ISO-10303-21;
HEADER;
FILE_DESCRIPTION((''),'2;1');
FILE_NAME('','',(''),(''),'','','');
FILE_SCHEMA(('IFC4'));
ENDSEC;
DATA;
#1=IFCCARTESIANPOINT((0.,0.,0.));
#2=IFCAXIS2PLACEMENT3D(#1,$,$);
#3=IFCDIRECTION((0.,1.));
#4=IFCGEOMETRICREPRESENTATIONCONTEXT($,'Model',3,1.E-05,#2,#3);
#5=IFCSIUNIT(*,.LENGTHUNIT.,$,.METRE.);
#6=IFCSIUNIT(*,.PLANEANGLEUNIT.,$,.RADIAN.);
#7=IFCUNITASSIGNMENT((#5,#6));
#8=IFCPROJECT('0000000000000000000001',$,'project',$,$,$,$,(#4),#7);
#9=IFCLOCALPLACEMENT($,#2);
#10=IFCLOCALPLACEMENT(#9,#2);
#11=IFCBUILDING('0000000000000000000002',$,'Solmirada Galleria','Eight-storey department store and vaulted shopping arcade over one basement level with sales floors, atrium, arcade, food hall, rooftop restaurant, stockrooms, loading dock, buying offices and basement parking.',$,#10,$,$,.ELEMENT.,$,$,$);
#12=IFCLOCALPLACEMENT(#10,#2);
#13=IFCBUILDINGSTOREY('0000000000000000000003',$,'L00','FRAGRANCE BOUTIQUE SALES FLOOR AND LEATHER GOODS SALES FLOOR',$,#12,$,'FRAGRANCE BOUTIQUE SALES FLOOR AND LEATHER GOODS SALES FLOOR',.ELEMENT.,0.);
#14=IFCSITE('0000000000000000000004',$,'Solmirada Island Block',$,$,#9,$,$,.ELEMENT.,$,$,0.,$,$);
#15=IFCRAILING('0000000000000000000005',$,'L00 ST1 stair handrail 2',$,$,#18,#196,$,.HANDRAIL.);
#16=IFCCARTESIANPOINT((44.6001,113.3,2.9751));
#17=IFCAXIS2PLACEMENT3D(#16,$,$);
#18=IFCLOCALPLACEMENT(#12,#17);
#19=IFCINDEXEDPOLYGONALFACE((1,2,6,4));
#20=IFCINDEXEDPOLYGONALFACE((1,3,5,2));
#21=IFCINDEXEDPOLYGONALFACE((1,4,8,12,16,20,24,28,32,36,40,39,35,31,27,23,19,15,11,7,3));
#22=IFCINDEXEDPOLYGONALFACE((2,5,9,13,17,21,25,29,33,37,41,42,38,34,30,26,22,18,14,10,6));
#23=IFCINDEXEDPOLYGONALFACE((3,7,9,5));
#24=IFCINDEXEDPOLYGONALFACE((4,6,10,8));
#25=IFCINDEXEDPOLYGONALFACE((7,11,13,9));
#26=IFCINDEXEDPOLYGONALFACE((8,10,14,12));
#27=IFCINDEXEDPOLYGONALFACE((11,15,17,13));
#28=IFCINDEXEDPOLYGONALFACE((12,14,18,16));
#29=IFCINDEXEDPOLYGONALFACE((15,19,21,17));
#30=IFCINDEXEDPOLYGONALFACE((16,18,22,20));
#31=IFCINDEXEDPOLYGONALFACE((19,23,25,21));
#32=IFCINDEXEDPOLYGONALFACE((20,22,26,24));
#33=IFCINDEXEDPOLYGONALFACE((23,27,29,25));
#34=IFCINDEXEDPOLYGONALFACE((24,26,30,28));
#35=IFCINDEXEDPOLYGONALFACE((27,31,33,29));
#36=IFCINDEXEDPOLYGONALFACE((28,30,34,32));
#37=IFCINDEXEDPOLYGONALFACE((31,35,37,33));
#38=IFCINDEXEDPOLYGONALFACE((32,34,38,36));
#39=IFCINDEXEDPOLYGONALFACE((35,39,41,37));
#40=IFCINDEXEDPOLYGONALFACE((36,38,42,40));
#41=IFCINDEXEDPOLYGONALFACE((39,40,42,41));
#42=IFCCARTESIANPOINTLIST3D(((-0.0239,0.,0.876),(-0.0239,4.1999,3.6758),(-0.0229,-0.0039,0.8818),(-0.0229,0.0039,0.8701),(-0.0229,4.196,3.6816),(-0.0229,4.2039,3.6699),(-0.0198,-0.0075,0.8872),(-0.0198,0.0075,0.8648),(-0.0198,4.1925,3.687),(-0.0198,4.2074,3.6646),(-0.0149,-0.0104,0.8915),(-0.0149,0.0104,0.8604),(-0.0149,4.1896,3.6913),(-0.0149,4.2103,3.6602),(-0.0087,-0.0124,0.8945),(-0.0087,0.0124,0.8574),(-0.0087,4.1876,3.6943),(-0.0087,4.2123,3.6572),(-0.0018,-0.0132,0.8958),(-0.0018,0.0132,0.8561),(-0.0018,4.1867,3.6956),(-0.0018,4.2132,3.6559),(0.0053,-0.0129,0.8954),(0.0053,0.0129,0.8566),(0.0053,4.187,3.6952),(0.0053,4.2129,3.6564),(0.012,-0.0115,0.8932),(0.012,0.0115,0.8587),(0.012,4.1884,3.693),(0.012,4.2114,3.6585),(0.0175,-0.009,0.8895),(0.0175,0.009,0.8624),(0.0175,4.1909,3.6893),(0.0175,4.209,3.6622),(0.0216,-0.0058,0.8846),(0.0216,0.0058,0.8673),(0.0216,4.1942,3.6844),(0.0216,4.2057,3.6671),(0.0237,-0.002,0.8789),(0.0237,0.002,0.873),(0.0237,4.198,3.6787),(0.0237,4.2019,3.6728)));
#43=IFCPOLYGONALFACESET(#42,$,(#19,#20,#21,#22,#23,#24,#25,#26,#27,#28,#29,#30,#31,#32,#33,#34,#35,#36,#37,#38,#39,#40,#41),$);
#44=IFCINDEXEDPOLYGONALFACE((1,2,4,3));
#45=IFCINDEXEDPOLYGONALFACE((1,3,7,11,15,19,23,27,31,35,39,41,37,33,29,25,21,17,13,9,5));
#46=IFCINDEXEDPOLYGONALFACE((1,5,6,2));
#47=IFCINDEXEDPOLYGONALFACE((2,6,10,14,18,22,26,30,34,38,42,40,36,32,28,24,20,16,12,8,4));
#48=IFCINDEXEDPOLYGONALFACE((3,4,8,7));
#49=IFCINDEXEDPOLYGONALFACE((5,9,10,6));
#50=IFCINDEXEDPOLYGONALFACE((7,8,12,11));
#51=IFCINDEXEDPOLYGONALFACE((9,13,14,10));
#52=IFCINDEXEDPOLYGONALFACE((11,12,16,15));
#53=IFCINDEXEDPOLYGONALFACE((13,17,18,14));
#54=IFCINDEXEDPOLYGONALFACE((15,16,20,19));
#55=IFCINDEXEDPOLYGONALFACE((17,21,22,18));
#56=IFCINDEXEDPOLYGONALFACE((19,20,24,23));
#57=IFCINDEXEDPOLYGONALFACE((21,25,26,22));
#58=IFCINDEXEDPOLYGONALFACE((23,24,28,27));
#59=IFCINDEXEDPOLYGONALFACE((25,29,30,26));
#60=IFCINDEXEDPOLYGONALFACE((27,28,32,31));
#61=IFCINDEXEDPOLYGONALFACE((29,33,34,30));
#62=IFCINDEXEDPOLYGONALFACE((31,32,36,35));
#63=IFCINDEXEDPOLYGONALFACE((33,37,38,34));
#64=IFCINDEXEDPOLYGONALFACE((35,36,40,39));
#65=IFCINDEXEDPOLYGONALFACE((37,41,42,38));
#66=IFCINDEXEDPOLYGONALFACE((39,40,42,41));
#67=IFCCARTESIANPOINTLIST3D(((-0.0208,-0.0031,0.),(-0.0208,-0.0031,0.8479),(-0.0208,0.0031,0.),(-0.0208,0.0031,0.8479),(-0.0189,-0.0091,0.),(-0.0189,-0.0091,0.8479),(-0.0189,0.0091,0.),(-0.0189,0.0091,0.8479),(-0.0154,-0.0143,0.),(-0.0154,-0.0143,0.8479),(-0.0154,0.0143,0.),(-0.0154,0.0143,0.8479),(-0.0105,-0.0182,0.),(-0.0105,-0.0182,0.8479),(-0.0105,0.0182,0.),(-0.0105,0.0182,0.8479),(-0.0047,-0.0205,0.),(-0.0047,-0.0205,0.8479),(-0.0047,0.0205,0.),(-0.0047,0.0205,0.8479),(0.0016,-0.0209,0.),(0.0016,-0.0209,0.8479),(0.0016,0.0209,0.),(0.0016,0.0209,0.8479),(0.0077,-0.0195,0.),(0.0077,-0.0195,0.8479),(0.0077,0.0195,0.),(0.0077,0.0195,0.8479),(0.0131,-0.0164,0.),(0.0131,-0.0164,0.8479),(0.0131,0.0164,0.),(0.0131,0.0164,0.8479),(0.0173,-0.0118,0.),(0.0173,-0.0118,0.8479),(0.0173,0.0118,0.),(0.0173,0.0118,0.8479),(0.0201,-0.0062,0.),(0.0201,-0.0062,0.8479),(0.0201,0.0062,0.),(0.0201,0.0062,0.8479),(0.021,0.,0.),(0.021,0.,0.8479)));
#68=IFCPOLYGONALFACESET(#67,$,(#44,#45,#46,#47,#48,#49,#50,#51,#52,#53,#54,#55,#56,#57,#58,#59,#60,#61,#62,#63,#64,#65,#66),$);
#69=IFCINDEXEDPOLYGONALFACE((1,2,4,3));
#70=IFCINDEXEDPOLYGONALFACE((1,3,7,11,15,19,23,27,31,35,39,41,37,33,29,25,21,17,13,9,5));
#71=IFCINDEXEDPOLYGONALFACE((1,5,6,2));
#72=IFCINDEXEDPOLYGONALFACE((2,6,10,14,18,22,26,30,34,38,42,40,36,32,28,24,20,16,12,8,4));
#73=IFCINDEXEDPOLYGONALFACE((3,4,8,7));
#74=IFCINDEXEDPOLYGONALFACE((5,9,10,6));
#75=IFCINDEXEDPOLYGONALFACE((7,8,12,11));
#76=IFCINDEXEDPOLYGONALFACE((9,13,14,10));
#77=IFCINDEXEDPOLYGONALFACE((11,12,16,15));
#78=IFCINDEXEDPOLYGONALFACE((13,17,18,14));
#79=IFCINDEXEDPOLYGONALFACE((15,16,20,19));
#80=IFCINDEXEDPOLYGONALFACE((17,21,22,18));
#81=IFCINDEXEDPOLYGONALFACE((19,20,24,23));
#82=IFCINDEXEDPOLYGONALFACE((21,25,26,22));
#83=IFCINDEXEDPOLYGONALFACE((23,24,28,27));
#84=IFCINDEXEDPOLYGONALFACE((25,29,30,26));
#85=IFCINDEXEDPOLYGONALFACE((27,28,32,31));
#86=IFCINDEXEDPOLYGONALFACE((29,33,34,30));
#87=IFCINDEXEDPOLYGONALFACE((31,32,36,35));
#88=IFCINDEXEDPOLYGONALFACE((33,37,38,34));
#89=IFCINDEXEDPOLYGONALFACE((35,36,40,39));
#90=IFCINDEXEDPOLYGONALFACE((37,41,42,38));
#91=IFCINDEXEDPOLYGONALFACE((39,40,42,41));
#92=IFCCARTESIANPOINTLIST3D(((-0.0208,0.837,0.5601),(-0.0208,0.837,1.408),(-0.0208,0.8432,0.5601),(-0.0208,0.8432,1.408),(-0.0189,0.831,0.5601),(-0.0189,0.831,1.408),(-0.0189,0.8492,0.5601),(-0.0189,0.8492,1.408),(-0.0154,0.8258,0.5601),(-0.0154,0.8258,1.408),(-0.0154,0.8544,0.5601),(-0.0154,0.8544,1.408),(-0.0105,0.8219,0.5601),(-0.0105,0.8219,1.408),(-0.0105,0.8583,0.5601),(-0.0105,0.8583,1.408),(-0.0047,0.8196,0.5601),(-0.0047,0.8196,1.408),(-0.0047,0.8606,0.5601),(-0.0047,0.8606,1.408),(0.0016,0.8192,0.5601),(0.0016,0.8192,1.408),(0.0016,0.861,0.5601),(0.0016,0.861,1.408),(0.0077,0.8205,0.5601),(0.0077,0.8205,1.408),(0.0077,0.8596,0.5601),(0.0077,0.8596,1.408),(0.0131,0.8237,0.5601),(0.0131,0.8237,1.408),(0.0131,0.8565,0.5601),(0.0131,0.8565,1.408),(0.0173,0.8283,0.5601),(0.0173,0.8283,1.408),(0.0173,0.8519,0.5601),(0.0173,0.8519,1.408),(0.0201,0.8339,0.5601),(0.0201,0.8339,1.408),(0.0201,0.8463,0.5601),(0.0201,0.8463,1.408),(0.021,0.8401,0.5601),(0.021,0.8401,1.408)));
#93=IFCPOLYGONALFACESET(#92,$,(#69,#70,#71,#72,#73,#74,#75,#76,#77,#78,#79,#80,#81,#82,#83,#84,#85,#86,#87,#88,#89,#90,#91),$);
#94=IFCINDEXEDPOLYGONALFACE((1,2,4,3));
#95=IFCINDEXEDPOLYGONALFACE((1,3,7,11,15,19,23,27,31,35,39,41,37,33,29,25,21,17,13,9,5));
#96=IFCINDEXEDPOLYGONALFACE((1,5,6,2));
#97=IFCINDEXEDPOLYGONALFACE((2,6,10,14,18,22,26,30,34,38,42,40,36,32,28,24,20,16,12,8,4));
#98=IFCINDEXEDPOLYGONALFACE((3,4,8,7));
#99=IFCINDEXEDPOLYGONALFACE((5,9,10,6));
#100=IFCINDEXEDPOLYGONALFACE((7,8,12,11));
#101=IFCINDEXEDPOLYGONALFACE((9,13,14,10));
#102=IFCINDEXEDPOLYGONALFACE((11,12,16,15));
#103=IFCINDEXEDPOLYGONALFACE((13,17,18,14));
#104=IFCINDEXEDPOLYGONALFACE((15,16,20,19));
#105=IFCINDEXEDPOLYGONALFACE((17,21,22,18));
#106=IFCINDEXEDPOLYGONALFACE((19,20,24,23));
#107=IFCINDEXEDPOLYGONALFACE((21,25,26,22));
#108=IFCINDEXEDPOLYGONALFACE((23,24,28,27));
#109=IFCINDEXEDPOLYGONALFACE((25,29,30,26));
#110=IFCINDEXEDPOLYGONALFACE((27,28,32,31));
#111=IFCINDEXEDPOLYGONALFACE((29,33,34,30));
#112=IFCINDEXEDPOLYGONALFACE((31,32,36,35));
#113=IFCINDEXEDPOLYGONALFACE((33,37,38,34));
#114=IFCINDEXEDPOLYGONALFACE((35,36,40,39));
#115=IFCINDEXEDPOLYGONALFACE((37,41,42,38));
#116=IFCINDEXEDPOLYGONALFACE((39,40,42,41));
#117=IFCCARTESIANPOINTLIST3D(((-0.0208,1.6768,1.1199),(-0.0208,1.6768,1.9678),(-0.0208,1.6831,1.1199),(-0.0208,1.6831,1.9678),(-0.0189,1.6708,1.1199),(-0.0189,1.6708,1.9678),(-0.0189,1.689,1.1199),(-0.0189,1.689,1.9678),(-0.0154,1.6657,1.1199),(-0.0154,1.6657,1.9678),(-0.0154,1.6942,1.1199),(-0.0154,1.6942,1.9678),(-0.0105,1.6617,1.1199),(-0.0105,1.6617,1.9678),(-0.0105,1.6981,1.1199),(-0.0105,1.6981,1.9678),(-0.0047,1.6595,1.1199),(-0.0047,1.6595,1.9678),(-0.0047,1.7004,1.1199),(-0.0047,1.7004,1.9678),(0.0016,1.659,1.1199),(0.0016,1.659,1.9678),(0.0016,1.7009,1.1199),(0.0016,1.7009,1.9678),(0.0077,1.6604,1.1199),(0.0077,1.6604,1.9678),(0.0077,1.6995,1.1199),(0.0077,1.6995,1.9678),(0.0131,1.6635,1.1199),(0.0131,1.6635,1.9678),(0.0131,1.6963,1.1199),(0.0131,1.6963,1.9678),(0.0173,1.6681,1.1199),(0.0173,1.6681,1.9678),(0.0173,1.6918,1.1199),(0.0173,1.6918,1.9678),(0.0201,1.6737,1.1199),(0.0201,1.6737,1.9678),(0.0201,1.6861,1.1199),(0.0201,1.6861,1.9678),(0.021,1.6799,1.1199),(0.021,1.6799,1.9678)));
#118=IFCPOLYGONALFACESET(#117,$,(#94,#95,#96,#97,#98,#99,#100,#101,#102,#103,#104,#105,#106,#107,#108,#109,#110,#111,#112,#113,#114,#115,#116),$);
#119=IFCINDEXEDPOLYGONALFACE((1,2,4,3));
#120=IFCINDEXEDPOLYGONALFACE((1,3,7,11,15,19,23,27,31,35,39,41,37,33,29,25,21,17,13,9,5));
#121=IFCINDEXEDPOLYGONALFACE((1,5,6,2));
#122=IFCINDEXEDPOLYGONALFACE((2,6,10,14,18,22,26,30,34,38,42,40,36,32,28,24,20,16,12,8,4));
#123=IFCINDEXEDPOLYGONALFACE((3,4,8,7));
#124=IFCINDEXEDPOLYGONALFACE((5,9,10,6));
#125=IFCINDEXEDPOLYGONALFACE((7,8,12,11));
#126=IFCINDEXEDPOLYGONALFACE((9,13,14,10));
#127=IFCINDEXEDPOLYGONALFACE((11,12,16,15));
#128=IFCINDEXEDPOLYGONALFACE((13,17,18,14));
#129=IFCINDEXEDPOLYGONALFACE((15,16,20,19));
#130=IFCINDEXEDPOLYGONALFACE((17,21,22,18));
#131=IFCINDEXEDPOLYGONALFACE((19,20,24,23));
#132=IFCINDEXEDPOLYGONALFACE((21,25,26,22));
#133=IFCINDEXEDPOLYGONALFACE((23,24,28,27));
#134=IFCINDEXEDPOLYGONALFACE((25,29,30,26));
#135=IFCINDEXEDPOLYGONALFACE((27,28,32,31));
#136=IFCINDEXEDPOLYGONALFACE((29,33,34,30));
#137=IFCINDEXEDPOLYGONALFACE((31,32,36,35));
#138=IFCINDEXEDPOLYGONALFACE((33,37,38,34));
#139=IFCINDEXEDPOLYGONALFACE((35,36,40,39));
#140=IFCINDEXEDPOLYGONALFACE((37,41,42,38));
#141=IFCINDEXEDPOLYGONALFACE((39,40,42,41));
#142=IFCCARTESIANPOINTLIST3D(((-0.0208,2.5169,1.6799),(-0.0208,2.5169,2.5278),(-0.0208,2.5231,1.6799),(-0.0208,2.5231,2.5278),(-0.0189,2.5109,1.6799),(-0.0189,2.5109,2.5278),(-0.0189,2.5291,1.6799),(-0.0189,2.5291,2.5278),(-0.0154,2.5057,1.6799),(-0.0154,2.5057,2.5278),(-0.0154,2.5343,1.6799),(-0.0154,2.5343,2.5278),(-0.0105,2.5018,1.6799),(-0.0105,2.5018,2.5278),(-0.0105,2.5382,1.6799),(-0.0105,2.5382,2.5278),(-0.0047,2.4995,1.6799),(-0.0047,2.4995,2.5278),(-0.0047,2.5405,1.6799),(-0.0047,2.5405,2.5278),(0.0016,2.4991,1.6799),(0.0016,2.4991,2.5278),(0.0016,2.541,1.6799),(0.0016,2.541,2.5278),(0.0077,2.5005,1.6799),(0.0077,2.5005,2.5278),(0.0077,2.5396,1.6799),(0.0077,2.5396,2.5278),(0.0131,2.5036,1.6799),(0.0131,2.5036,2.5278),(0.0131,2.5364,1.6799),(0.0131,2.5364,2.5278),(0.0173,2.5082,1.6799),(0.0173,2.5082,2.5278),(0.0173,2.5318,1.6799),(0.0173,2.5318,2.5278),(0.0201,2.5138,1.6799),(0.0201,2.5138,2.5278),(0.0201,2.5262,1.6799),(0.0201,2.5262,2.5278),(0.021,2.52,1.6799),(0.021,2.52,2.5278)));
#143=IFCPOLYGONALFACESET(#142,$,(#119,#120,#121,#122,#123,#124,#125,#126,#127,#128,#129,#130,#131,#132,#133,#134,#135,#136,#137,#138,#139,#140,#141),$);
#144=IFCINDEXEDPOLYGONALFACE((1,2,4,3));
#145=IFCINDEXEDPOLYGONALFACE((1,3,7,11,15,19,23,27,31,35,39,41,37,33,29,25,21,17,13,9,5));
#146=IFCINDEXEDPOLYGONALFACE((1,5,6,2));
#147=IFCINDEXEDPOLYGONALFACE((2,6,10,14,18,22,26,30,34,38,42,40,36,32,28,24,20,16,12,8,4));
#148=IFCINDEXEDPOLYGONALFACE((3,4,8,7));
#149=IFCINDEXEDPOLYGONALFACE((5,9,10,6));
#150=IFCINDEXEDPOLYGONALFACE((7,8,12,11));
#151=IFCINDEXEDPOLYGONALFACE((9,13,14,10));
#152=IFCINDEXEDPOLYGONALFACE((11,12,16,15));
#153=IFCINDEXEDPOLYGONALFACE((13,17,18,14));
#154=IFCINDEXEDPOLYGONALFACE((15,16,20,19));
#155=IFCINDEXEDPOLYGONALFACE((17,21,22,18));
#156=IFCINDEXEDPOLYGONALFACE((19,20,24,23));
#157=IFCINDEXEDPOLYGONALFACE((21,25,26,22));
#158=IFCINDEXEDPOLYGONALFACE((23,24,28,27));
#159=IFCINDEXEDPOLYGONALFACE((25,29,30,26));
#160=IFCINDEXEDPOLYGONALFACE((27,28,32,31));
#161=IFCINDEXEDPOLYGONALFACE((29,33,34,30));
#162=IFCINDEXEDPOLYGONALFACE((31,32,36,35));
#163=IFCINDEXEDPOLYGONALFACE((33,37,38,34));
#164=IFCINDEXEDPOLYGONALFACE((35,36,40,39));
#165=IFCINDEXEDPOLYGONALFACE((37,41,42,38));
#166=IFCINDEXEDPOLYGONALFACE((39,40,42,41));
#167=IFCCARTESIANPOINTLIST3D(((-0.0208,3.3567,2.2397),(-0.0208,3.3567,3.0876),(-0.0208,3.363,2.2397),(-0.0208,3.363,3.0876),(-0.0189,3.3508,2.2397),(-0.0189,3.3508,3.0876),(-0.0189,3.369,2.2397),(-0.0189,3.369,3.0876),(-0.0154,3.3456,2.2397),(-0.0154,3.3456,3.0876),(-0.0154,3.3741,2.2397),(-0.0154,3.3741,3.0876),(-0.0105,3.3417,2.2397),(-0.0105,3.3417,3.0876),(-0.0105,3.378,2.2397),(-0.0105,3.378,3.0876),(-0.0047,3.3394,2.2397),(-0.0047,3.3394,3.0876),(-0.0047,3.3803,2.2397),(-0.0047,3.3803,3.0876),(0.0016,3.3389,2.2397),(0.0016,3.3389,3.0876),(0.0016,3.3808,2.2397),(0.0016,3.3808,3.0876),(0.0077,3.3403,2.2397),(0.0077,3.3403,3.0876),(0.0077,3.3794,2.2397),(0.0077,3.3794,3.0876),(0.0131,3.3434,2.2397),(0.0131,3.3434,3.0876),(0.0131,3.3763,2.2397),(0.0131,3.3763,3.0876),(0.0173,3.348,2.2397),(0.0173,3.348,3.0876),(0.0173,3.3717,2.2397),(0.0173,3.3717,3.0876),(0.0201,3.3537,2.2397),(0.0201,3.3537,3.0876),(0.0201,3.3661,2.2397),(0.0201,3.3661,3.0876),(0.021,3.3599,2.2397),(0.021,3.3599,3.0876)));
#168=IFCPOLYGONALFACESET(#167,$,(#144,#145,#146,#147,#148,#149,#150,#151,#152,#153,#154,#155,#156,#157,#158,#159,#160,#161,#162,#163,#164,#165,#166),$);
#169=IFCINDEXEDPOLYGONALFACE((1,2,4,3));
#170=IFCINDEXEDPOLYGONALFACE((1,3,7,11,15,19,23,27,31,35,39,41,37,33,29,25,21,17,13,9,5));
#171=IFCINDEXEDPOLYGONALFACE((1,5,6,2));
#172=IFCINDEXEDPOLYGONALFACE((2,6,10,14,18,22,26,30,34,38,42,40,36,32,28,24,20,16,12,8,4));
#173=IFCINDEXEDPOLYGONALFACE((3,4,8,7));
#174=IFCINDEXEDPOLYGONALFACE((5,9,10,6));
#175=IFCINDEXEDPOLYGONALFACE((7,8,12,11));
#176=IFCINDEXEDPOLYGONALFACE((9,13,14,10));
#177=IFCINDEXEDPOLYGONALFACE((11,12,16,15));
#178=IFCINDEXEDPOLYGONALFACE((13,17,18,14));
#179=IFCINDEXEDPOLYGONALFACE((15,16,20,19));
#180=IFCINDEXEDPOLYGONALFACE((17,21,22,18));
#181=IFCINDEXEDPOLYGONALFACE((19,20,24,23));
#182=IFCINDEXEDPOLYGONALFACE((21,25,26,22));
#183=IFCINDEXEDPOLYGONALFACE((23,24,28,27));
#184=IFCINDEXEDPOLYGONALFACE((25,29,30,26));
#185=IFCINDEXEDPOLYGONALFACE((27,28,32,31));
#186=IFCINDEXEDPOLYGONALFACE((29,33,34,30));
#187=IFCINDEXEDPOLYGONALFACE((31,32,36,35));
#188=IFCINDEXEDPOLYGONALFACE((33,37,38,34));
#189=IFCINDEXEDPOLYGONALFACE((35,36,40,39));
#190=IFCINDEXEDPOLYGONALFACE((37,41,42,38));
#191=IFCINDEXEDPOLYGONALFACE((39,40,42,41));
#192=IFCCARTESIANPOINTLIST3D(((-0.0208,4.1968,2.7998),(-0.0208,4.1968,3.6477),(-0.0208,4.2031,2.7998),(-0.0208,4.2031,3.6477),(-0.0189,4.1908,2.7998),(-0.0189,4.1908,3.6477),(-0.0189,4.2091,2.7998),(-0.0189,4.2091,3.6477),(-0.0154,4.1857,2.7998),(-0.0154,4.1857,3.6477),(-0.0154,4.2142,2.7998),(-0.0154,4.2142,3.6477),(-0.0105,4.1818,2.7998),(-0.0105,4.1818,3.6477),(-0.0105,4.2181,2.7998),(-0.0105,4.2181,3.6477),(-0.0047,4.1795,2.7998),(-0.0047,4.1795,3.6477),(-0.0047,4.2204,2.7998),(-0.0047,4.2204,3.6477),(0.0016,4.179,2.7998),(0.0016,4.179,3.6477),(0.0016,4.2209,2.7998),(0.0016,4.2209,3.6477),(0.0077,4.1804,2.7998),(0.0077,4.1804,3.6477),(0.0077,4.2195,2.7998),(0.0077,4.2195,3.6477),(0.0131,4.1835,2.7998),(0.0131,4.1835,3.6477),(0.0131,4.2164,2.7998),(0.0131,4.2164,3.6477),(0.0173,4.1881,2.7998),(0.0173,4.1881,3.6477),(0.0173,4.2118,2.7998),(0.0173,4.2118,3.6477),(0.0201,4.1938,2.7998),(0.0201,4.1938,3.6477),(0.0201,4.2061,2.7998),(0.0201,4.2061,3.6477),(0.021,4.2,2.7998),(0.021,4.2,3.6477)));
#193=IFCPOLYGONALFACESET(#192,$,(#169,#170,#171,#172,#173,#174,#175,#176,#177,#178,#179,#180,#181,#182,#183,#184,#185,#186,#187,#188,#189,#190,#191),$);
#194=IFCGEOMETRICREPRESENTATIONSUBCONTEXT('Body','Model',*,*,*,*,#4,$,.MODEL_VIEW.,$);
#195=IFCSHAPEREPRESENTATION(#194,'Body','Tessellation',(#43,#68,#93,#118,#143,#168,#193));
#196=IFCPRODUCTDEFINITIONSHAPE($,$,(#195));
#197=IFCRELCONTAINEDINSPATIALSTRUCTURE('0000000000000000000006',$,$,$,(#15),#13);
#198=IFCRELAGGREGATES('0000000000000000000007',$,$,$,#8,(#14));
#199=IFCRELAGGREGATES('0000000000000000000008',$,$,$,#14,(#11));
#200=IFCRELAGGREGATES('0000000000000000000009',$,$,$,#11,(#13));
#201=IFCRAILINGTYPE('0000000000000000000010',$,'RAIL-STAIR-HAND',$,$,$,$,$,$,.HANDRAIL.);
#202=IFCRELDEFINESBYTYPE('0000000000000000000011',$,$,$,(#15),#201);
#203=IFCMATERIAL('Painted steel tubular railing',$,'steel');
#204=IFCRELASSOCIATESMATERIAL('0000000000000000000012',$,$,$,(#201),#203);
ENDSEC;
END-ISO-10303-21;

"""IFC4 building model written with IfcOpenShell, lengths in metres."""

from ifc_helpers import new_model, si_unit, direction, frame, origin, origin_2d, place, context, subcontext, project, spatial, circle, extrude, material, type_object, element, save


model = new_model("IFC4")

# Units and contexts
model_context = context("Model", 3, precision=1e-05, world=origin(), true_north=direction((0.0, 1.0)))
body_context = subcontext(model_context, "Body", "Model", "MODEL_VIEW")
ifc_project = project(units=[si_unit("LENGTHUNIT", "METRE"), si_unit("PLANEANGLEUNIT", "RADIAN")], contexts=[model_context])

# Site, building, storey
site_placement = place(None, origin())
site = spatial("IfcSite", under=ifc_project, at=site_placement, Name="Solmirada Island Block", CompositionType="ELEMENT", RefElevation=0.0)
building_placement = place(site_placement, origin())
building = spatial("IfcBuilding", under=site, at=building_placement, Name="Solmirada Galleria", Description="Eight-storey department store and vaulted shopping arcade over one basement level with sales floors, atrium, arcade, food hall, rooftop restaurant, stockrooms, loading dock, buying offices and basement parking.", CompositionType="ELEMENT")
storey_placement = place(building_placement, origin())
storey = spatial("IfcBuildingStorey", under=building, at=storey_placement, Name="L00", Description="FRAGRANCE BOUTIQUE SALES FLOOR AND LEATHER GOODS SALES FLOOR", LongName="FRAGRANCE BOUTIQUE SALES FLOOR AND LEATHER GOODS SALES FLOOR", CompositionType="ELEMENT", Elevation=0.0)

# Railing
ifc_material_1 = material(Name="Painted steel tubular railing", Category="steel")
railing_type_1 = type_object("IfcRailingType", Name="RAIL-STAIR-HAND", PredefinedType="HANDRAIL", material=ifc_material_1)
railing_1_placement = place(storey_placement, frame((44.6001, 113.3, 2.9751)))
element("IfcRailing", 1, at=railing_1_placement, inside=storey, type_object=railing_type_1, Name="L00 ST1 stair handrail 2", PredefinedType="HANDRAIL", context=body_context, shape_type="SweptSolid", body=[
    extrude(circle(Radius=0.0239, at=origin_2d()), frame((0.0, 0.0, 0.876), z_axis=(0.0, 0.832065, 0.554678), x_axis=(-1.0, 0.0, 0.0)), (0.0, 0.0, 1.0), 5.0476),
    extrude(circle(Radius=0.021, at=origin_2d()), origin(), (0.0, 0.0, 1.0), 0.8479),
    extrude(circle(Radius=0.021, at=origin_2d()), frame((0.0, 0.8401, 0.5601)), (0.0, 0.0, 1.0), 0.8479),
    extrude(circle(Radius=0.021, at=origin_2d()), frame((0.0, 1.6799, 1.1199)), (0.0, 0.0, 1.0), 0.8479),
    extrude(circle(Radius=0.021, at=origin_2d()), frame((0.0, 2.52, 1.6799)), (0.0, 0.0, 1.0), 0.8479),
    extrude(circle(Radius=0.021, at=origin_2d()), frame((0.0, 3.3599, 2.2397)), (0.0, 0.0, 1.0), 0.8479),
    extrude(circle(Radius=0.021, at=origin_2d()), frame((0.0, 4.2, 2.7998)), (0.0, 0.0, 1.0), 0.8479),
])

save(model, "model.ifc")
